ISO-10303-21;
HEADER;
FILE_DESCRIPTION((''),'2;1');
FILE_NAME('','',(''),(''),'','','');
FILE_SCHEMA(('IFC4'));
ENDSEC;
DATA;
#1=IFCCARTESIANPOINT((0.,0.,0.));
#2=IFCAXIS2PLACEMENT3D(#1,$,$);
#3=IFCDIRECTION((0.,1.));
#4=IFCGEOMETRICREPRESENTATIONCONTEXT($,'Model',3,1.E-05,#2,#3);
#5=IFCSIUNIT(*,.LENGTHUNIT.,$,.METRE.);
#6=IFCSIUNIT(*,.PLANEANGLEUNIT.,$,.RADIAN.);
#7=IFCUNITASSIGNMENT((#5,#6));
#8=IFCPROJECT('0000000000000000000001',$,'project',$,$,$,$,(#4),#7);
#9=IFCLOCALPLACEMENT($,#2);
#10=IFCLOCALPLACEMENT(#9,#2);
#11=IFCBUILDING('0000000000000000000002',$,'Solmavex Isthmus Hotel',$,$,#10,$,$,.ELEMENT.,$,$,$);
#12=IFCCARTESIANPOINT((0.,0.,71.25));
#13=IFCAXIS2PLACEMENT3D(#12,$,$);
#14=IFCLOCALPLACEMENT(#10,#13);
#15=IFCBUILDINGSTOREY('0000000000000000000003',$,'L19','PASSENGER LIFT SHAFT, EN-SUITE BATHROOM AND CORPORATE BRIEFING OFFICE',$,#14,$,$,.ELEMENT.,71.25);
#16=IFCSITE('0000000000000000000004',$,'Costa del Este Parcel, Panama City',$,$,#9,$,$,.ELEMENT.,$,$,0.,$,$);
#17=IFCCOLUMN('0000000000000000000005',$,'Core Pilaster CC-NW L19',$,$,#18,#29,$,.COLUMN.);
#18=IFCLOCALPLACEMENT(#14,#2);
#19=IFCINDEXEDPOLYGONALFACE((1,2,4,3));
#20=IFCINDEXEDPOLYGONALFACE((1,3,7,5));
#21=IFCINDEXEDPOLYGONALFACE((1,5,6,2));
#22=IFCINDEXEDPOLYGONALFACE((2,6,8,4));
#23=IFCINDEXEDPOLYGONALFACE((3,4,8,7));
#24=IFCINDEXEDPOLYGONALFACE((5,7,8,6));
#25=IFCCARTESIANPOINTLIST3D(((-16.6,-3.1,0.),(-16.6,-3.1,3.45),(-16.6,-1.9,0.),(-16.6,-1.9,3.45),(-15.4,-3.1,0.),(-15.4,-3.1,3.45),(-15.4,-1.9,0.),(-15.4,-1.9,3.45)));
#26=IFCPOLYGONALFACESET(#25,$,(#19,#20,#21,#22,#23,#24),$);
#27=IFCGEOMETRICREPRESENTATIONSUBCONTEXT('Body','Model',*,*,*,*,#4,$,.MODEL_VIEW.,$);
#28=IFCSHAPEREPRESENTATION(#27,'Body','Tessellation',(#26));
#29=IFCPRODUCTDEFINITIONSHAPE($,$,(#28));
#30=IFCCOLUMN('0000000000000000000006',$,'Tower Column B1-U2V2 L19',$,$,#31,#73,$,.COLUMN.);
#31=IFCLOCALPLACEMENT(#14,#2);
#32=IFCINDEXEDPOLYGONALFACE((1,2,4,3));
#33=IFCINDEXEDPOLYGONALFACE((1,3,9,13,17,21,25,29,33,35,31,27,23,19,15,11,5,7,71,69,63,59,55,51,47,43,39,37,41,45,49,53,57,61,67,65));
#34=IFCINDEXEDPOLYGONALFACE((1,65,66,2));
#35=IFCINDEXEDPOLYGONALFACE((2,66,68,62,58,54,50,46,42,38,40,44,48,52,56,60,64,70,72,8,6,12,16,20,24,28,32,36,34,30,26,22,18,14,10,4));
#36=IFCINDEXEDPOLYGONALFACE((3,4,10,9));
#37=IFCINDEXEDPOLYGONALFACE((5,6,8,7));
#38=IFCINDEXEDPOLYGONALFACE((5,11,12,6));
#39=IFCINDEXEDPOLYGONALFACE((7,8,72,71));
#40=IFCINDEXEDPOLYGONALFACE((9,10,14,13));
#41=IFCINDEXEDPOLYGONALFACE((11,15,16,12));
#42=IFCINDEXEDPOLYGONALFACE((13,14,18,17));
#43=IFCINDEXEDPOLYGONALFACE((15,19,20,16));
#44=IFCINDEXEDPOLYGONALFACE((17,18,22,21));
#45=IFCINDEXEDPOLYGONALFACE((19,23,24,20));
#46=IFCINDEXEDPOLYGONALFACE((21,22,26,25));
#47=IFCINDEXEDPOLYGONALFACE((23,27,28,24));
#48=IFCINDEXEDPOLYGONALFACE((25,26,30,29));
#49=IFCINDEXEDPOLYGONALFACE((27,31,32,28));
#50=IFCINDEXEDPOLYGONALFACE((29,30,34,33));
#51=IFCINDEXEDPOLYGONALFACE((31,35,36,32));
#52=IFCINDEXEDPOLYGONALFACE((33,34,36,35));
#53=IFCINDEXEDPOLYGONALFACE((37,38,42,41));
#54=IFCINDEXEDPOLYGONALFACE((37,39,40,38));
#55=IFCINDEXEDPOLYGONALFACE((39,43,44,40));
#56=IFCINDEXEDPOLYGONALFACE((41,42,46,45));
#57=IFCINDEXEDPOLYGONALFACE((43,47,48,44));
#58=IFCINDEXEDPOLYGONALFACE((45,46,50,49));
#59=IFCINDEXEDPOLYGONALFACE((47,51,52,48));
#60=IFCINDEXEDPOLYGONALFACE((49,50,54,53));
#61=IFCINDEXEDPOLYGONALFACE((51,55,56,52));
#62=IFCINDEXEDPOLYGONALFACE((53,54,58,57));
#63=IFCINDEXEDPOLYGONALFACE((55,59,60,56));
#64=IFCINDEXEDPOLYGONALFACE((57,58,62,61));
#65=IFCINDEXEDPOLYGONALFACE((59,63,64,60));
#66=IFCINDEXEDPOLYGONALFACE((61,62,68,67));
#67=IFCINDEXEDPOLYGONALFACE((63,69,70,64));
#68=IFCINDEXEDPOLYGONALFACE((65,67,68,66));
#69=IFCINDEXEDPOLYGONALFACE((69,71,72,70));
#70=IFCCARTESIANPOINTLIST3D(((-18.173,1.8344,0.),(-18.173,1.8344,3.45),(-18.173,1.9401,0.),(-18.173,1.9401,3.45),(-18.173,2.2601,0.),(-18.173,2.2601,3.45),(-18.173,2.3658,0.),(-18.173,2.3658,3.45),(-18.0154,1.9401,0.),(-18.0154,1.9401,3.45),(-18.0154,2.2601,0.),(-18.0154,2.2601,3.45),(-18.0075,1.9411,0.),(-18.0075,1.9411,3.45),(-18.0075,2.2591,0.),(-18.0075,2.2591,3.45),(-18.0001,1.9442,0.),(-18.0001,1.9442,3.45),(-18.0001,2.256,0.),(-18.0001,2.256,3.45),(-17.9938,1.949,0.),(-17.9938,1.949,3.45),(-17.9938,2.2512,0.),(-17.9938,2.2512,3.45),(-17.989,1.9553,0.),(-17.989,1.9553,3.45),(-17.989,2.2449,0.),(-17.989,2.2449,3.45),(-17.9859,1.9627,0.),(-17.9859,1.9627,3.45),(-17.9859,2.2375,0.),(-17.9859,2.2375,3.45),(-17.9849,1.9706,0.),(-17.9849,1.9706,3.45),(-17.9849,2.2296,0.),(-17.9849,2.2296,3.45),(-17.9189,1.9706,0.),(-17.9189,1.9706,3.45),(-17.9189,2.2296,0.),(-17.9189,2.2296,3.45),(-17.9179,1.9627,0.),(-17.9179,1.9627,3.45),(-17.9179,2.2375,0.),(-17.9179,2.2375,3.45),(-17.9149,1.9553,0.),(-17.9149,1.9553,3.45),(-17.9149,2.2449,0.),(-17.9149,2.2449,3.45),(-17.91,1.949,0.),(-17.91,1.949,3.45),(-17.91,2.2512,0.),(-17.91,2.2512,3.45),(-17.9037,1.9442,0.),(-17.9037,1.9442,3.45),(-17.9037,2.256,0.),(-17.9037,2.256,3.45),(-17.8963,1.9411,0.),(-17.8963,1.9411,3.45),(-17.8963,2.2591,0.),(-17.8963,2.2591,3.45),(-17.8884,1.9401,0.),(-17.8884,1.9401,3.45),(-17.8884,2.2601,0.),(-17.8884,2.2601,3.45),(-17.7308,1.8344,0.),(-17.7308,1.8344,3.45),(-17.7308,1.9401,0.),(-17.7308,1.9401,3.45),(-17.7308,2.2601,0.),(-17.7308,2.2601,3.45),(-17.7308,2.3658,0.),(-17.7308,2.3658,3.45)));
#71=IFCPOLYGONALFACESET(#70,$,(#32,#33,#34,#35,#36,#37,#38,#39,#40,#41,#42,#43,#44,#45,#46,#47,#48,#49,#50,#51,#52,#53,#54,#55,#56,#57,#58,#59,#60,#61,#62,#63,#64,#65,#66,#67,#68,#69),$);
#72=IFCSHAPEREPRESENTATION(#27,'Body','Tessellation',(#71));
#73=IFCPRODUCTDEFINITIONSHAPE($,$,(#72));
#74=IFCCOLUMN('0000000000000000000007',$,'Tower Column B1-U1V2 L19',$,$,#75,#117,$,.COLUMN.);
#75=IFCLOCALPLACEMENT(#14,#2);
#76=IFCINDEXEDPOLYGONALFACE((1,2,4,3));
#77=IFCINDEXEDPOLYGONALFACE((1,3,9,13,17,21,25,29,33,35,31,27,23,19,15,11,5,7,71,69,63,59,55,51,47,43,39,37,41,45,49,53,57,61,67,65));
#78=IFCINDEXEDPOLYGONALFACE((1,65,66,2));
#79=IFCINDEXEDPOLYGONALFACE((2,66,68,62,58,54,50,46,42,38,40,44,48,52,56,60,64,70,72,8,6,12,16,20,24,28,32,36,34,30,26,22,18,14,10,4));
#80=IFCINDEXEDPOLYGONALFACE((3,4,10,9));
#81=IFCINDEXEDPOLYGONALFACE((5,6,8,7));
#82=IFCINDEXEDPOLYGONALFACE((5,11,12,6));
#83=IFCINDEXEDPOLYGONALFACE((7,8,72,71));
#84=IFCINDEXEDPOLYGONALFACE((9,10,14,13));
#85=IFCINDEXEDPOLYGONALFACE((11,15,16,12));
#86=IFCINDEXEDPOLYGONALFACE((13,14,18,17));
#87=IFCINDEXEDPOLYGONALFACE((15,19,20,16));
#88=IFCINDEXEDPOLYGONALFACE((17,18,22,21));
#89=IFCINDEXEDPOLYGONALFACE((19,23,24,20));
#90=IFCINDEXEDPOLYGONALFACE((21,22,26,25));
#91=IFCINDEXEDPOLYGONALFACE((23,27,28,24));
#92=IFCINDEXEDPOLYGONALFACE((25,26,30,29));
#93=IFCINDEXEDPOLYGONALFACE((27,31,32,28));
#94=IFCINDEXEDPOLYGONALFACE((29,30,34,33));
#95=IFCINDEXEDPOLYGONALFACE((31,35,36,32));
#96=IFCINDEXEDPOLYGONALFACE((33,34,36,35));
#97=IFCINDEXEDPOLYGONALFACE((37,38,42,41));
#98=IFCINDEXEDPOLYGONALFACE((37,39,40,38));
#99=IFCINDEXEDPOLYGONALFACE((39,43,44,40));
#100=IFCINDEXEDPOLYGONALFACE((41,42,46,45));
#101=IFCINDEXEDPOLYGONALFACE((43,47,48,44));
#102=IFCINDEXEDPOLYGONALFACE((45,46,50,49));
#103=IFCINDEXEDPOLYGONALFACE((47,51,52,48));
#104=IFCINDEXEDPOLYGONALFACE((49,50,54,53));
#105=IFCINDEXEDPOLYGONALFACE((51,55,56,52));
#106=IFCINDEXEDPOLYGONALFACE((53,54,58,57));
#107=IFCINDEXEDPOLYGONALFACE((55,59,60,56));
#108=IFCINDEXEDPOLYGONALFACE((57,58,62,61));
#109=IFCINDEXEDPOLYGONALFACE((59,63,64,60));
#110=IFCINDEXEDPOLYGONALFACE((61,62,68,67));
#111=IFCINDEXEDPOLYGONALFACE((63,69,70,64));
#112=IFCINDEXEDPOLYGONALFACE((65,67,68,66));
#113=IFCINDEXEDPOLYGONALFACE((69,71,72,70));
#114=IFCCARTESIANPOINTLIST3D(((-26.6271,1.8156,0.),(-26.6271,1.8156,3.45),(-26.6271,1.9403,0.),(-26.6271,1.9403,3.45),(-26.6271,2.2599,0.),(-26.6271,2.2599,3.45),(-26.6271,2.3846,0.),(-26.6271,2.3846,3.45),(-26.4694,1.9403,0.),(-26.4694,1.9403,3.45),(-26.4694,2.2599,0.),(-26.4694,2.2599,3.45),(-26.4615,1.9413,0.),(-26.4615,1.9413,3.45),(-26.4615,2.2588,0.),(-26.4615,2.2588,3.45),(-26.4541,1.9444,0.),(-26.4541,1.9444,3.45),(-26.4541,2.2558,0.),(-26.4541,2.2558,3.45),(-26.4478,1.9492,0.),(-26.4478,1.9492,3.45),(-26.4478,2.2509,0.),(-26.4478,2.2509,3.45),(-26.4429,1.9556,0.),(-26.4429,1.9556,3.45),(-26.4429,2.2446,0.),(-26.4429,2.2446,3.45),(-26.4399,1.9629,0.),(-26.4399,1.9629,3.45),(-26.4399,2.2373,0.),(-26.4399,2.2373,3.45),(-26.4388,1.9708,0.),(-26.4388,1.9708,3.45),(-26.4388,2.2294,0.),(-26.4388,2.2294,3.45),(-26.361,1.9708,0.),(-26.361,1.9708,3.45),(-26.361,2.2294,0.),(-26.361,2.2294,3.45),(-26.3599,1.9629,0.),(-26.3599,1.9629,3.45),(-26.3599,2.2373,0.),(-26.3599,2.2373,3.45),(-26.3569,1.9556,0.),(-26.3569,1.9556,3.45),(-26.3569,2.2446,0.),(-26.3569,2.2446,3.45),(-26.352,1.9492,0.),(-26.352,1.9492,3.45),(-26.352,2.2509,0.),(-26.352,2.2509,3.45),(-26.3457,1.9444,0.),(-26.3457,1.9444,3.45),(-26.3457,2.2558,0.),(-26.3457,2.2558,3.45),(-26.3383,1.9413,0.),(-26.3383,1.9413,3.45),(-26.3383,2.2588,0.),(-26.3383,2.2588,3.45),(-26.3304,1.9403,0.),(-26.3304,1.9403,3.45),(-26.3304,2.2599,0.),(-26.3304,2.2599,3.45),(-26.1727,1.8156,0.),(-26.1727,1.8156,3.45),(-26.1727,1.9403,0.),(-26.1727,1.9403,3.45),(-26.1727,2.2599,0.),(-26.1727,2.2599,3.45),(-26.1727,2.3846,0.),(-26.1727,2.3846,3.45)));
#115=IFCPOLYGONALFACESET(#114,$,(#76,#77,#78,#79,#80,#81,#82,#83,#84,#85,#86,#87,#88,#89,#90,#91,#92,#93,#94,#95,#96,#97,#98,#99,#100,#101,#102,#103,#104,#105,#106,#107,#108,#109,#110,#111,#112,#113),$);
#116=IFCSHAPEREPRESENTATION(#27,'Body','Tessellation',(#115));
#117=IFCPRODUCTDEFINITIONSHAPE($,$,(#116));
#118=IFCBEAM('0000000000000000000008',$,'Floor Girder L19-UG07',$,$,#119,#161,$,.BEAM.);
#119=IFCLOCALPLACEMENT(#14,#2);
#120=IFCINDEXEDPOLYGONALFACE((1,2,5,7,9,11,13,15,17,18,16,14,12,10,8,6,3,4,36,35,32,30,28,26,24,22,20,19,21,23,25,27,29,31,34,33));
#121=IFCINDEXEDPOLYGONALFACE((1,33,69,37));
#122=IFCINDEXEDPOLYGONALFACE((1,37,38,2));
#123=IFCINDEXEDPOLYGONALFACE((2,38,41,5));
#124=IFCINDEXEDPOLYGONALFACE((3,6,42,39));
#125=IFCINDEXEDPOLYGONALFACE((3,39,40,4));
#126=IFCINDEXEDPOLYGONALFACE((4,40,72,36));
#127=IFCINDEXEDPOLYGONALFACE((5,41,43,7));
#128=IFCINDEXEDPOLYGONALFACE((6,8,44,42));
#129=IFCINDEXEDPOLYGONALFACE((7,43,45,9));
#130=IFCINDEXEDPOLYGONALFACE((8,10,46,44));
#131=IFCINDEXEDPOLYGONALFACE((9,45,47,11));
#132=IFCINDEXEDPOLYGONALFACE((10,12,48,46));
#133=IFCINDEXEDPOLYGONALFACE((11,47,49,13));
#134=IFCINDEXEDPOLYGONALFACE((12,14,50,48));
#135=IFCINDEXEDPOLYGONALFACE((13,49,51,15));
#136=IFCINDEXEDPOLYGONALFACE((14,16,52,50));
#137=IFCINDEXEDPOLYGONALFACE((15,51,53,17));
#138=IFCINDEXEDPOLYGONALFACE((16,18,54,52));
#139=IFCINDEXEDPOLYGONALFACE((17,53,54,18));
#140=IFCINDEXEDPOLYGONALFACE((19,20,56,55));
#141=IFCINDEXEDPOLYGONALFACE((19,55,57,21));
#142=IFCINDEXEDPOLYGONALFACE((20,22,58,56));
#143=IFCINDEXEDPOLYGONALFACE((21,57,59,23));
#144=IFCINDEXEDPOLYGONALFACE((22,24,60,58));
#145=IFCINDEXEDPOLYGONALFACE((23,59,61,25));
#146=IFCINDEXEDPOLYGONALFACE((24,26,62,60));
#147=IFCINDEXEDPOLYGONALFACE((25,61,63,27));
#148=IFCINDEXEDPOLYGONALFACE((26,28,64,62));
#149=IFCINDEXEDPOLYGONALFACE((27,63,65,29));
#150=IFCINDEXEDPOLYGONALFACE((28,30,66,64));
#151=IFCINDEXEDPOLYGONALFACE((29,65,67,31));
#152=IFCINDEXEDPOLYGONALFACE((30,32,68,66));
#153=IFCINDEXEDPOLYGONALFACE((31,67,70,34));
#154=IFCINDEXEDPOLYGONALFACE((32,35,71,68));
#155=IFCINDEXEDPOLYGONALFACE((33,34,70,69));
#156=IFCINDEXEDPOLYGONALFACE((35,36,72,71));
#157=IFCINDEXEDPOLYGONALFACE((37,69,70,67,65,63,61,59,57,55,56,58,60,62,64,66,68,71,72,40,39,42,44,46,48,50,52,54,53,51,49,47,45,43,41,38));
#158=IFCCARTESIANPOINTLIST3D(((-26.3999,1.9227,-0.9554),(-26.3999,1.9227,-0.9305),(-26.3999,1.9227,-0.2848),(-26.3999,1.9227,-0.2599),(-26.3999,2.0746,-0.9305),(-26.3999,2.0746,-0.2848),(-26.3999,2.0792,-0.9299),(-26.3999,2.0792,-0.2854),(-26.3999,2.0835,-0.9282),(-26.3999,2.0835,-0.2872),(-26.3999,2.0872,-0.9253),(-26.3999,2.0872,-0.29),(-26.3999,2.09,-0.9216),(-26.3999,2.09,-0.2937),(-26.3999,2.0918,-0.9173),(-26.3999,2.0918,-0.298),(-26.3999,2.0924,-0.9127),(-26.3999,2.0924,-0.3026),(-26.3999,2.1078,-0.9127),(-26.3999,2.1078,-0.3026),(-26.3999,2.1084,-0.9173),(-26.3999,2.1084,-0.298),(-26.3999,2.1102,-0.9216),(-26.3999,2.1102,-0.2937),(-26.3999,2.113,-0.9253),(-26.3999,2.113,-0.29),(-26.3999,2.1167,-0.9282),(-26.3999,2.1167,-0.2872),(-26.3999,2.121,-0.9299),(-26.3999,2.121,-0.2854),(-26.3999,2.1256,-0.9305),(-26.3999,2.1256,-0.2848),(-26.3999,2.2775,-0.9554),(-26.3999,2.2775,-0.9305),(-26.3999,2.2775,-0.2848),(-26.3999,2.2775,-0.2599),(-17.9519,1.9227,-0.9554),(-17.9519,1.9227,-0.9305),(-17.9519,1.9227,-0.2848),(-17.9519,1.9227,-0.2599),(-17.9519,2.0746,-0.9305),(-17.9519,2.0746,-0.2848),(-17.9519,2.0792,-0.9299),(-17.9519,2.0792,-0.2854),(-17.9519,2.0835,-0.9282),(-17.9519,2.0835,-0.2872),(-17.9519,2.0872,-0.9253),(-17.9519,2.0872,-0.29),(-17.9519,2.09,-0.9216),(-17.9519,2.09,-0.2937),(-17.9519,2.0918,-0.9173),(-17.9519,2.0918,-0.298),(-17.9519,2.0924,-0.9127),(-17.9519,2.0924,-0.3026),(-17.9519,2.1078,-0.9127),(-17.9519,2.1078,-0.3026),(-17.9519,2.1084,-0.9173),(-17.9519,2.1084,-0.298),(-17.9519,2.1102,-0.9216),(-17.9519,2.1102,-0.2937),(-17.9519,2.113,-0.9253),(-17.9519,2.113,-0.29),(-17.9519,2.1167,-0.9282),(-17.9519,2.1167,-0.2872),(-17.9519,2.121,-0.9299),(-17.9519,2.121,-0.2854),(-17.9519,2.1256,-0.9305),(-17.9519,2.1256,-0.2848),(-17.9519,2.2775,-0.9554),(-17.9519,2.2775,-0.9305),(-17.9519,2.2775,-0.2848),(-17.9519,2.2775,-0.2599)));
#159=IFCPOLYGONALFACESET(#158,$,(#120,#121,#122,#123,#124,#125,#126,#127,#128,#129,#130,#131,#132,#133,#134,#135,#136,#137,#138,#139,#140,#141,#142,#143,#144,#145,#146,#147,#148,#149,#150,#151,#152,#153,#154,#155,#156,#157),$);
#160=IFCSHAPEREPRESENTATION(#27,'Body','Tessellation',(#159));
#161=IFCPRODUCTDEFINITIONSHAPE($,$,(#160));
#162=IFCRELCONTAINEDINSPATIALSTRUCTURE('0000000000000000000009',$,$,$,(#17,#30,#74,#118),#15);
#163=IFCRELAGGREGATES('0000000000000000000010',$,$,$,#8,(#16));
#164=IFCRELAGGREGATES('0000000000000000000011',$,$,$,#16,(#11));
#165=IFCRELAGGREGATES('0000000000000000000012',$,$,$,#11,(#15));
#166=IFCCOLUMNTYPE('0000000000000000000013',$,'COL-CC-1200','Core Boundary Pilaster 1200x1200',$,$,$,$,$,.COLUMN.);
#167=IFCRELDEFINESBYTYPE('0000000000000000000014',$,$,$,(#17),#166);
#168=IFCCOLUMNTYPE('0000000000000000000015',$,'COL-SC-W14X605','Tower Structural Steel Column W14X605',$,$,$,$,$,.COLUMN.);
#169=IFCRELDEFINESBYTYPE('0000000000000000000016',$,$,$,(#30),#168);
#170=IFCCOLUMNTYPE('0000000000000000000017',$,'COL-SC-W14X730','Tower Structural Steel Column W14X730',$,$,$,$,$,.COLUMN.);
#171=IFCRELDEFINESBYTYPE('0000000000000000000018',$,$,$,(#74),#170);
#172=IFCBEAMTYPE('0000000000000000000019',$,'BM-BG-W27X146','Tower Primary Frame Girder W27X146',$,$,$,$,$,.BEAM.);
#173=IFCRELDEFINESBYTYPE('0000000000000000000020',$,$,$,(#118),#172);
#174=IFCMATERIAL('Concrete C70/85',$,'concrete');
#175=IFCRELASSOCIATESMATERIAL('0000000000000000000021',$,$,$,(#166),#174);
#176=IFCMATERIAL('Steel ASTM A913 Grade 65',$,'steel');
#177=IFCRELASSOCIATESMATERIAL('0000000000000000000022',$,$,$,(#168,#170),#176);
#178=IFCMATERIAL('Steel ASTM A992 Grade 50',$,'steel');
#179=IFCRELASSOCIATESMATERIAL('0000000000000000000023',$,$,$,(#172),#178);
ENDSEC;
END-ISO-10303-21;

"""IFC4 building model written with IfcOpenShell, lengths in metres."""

from ifc_helpers import new_model, si_unit, direction, frame, origin, origin_2d, place, context, subcontext, project, spatial, rectangle, i_section, extrude, material, material_profile, profile_set, type_object, element, save


model = new_model("IFC4")

# Units and contexts
model_context = context("Model", 3, precision=1e-05, world=origin(), true_north=direction((0.0, 1.0)))
body_context = subcontext(model_context, "Body", "Model", "MODEL_VIEW")
ifc_project = project(units=[si_unit("LENGTHUNIT", "METRE"), si_unit("PLANEANGLEUNIT", "RADIAN")], contexts=[model_context])

# Site, building, storey
site_placement = place(None, origin())
site = spatial("IfcSite", under=ifc_project, at=site_placement, Name="Costa del Este Parcel, Panama City", CompositionType="ELEMENT", RefElevation=0.0)
building_placement = place(site_placement, origin())
building = spatial("IfcBuilding", under=site, at=building_placement, Name="Solmavex Isthmus Hotel", CompositionType="ELEMENT")
storey_placement = place(building_placement, frame((0.0, 0.0, 71.25)))
storey = spatial("IfcBuildingStorey", under=building, at=storey_placement, Name="L19", Description="PASSENGER LIFT SHAFT, EN-SUITE BATHROOM AND CORPORATE BRIEFING OFFICE", CompositionType="ELEMENT", Elevation=71.25)

# Columns
ifc_material_1 = material(Name="Concrete C70/85", Category="concrete")
ifc_material_profile_1 = material_profile(ifc_material_1, rectangle(XDim=1.2, YDim=1.2, at=origin_2d()), Name="RC1200X1200")
ifc_profile_set_1 = profile_set([ifc_material_profile_1], Name="Concrete C70/85")
column_type_1 = type_object("IfcColumnType", Name="COL-CC-1200", Description="Core Boundary Pilaster 1200x1200", PredefinedType="COLUMN", material=ifc_profile_set_1)
column_1_placement = place(storey_placement, frame((-16.0, -2.5, 0.0), z_axis=(0.0, 0.0, 1.0), x_axis=(1.0, 0.0, 0.0)))
element("IfcColumn", 1, at=column_1_placement, inside=storey, type_object=column_type_1, Name="Core Pilaster CC-NW L19", PredefinedType="COLUMN", context=body_context, shape_type="SweptSolid", body=[
    extrude(rectangle(XDim=1.2, YDim=1.2, at=origin_2d()), origin(), (0.0, 0.0, 1.0), 3.45),
])
ifc_material_2 = material(Name="Steel ASTM A913 Grade 65", Category="steel")
ifc_material_profile_2 = material_profile(ifc_material_2, i_section(OverallWidth=0.4421, OverallDepth=0.5315, WebThickness=0.0659, FlangeThickness=0.1057, FilletRadius=0.0305, at=origin_2d()), Name="W14X605")
ifc_profile_set_2 = profile_set([ifc_material_profile_2], Name="Steel ASTM A913 Grade 65")
column_type_2 = type_object("IfcColumnType", Name="COL-SC-W14X605", Description="Tower Structural Steel Column W14X605", PredefinedType="COLUMN", material=ifc_profile_set_2)
column_2_placement = place(storey_placement, frame((-17.9519, 2.1001, 0.0), z_axis=(0.0, 0.0, 1.0), x_axis=(1.0, 0.0, 0.0)))
element("IfcColumn", 2, at=column_2_placement, inside=storey, type_object=column_type_2, Name="Tower Column B1-U2V2 L19", PredefinedType="COLUMN", context=body_context, shape_type="SweptSolid", body=[
    extrude(i_section(OverallWidth=0.4421, OverallDepth=0.5315, WebThickness=0.0659, FlangeThickness=0.1057, FilletRadius=0.0305, at=origin_2d()), origin(), (0.0, 0.0, 1.0), 3.45),
])
ifc_material_profile_3 = material_profile(ifc_material_2, i_section(OverallWidth=0.4543, OverallDepth=0.5691, WebThickness=0.0779, FlangeThickness=0.1248, FilletRadius=0.0305, at=origin_2d()), Name="W14X730")
ifc_profile_set_3 = profile_set([ifc_material_profile_3], Name="Steel ASTM A913 Grade 65")
column_type_3 = type_object("IfcColumnType", Name="COL-SC-W14X730", Description="Tower Structural Steel Column W14X730", PredefinedType="COLUMN", material=ifc_profile_set_3)
column_3_placement = place(storey_placement, frame((-26.3999, 2.1001, 0.0), z_axis=(0.0, 0.0, 1.0), x_axis=(1.0, 0.0, 0.0)))
element("IfcColumn", 3, at=column_3_placement, inside=storey, type_object=column_type_3, Name="Tower Column B1-U1V2 L19", PredefinedType="COLUMN", context=body_context, shape_type="SweptSolid", body=[
    extrude(i_section(OverallWidth=0.4543, OverallDepth=0.5691, WebThickness=0.0779, FlangeThickness=0.1248, FilletRadius=0.0305, at=origin_2d()), origin(), (0.0, 0.0, 1.0), 3.45),
])

# Beam
ifc_material_3 = material(Name="Steel ASTM A992 Grade 50", Category="steel")
ifc_material_profile_4 = material_profile(ifc_material_3, i_section(OverallWidth=0.3547, OverallDepth=0.6956, WebThickness=0.0154, FlangeThickness=0.0249, FilletRadius=0.0178, at=origin_2d()), Name="W27X146")
ifc_profile_set_4 = profile_set([ifc_material_profile_4], Name="Steel ASTM A992 Grade 50")
beam_type_1 = type_object("IfcBeamType", Name="BM-BG-W27X146", Description="Tower Primary Frame Girder W27X146", PredefinedType="BEAM", material=ifc_profile_set_4)
beam_1_placement = place(storey_placement, frame((-26.3999, 2.1001, -0.6077), z_axis=(1.0, 0.0, 0.0), x_axis=(0.0, 1.0, 0.0)))
element("IfcBeam", 4, at=beam_1_placement, inside=storey, type_object=beam_type_1, Name="Floor Girder L19-UG07", PredefinedType="BEAM", context=body_context, shape_type="SweptSolid", body=[
    extrude(i_section(OverallWidth=0.3547, OverallDepth=0.6956, WebThickness=0.0154, FlangeThickness=0.0249, FilletRadius=0.0178, at=origin_2d()), origin(), (0.0, 0.0, 1.0), 8.448),
])

save(model, "model.ifc")
